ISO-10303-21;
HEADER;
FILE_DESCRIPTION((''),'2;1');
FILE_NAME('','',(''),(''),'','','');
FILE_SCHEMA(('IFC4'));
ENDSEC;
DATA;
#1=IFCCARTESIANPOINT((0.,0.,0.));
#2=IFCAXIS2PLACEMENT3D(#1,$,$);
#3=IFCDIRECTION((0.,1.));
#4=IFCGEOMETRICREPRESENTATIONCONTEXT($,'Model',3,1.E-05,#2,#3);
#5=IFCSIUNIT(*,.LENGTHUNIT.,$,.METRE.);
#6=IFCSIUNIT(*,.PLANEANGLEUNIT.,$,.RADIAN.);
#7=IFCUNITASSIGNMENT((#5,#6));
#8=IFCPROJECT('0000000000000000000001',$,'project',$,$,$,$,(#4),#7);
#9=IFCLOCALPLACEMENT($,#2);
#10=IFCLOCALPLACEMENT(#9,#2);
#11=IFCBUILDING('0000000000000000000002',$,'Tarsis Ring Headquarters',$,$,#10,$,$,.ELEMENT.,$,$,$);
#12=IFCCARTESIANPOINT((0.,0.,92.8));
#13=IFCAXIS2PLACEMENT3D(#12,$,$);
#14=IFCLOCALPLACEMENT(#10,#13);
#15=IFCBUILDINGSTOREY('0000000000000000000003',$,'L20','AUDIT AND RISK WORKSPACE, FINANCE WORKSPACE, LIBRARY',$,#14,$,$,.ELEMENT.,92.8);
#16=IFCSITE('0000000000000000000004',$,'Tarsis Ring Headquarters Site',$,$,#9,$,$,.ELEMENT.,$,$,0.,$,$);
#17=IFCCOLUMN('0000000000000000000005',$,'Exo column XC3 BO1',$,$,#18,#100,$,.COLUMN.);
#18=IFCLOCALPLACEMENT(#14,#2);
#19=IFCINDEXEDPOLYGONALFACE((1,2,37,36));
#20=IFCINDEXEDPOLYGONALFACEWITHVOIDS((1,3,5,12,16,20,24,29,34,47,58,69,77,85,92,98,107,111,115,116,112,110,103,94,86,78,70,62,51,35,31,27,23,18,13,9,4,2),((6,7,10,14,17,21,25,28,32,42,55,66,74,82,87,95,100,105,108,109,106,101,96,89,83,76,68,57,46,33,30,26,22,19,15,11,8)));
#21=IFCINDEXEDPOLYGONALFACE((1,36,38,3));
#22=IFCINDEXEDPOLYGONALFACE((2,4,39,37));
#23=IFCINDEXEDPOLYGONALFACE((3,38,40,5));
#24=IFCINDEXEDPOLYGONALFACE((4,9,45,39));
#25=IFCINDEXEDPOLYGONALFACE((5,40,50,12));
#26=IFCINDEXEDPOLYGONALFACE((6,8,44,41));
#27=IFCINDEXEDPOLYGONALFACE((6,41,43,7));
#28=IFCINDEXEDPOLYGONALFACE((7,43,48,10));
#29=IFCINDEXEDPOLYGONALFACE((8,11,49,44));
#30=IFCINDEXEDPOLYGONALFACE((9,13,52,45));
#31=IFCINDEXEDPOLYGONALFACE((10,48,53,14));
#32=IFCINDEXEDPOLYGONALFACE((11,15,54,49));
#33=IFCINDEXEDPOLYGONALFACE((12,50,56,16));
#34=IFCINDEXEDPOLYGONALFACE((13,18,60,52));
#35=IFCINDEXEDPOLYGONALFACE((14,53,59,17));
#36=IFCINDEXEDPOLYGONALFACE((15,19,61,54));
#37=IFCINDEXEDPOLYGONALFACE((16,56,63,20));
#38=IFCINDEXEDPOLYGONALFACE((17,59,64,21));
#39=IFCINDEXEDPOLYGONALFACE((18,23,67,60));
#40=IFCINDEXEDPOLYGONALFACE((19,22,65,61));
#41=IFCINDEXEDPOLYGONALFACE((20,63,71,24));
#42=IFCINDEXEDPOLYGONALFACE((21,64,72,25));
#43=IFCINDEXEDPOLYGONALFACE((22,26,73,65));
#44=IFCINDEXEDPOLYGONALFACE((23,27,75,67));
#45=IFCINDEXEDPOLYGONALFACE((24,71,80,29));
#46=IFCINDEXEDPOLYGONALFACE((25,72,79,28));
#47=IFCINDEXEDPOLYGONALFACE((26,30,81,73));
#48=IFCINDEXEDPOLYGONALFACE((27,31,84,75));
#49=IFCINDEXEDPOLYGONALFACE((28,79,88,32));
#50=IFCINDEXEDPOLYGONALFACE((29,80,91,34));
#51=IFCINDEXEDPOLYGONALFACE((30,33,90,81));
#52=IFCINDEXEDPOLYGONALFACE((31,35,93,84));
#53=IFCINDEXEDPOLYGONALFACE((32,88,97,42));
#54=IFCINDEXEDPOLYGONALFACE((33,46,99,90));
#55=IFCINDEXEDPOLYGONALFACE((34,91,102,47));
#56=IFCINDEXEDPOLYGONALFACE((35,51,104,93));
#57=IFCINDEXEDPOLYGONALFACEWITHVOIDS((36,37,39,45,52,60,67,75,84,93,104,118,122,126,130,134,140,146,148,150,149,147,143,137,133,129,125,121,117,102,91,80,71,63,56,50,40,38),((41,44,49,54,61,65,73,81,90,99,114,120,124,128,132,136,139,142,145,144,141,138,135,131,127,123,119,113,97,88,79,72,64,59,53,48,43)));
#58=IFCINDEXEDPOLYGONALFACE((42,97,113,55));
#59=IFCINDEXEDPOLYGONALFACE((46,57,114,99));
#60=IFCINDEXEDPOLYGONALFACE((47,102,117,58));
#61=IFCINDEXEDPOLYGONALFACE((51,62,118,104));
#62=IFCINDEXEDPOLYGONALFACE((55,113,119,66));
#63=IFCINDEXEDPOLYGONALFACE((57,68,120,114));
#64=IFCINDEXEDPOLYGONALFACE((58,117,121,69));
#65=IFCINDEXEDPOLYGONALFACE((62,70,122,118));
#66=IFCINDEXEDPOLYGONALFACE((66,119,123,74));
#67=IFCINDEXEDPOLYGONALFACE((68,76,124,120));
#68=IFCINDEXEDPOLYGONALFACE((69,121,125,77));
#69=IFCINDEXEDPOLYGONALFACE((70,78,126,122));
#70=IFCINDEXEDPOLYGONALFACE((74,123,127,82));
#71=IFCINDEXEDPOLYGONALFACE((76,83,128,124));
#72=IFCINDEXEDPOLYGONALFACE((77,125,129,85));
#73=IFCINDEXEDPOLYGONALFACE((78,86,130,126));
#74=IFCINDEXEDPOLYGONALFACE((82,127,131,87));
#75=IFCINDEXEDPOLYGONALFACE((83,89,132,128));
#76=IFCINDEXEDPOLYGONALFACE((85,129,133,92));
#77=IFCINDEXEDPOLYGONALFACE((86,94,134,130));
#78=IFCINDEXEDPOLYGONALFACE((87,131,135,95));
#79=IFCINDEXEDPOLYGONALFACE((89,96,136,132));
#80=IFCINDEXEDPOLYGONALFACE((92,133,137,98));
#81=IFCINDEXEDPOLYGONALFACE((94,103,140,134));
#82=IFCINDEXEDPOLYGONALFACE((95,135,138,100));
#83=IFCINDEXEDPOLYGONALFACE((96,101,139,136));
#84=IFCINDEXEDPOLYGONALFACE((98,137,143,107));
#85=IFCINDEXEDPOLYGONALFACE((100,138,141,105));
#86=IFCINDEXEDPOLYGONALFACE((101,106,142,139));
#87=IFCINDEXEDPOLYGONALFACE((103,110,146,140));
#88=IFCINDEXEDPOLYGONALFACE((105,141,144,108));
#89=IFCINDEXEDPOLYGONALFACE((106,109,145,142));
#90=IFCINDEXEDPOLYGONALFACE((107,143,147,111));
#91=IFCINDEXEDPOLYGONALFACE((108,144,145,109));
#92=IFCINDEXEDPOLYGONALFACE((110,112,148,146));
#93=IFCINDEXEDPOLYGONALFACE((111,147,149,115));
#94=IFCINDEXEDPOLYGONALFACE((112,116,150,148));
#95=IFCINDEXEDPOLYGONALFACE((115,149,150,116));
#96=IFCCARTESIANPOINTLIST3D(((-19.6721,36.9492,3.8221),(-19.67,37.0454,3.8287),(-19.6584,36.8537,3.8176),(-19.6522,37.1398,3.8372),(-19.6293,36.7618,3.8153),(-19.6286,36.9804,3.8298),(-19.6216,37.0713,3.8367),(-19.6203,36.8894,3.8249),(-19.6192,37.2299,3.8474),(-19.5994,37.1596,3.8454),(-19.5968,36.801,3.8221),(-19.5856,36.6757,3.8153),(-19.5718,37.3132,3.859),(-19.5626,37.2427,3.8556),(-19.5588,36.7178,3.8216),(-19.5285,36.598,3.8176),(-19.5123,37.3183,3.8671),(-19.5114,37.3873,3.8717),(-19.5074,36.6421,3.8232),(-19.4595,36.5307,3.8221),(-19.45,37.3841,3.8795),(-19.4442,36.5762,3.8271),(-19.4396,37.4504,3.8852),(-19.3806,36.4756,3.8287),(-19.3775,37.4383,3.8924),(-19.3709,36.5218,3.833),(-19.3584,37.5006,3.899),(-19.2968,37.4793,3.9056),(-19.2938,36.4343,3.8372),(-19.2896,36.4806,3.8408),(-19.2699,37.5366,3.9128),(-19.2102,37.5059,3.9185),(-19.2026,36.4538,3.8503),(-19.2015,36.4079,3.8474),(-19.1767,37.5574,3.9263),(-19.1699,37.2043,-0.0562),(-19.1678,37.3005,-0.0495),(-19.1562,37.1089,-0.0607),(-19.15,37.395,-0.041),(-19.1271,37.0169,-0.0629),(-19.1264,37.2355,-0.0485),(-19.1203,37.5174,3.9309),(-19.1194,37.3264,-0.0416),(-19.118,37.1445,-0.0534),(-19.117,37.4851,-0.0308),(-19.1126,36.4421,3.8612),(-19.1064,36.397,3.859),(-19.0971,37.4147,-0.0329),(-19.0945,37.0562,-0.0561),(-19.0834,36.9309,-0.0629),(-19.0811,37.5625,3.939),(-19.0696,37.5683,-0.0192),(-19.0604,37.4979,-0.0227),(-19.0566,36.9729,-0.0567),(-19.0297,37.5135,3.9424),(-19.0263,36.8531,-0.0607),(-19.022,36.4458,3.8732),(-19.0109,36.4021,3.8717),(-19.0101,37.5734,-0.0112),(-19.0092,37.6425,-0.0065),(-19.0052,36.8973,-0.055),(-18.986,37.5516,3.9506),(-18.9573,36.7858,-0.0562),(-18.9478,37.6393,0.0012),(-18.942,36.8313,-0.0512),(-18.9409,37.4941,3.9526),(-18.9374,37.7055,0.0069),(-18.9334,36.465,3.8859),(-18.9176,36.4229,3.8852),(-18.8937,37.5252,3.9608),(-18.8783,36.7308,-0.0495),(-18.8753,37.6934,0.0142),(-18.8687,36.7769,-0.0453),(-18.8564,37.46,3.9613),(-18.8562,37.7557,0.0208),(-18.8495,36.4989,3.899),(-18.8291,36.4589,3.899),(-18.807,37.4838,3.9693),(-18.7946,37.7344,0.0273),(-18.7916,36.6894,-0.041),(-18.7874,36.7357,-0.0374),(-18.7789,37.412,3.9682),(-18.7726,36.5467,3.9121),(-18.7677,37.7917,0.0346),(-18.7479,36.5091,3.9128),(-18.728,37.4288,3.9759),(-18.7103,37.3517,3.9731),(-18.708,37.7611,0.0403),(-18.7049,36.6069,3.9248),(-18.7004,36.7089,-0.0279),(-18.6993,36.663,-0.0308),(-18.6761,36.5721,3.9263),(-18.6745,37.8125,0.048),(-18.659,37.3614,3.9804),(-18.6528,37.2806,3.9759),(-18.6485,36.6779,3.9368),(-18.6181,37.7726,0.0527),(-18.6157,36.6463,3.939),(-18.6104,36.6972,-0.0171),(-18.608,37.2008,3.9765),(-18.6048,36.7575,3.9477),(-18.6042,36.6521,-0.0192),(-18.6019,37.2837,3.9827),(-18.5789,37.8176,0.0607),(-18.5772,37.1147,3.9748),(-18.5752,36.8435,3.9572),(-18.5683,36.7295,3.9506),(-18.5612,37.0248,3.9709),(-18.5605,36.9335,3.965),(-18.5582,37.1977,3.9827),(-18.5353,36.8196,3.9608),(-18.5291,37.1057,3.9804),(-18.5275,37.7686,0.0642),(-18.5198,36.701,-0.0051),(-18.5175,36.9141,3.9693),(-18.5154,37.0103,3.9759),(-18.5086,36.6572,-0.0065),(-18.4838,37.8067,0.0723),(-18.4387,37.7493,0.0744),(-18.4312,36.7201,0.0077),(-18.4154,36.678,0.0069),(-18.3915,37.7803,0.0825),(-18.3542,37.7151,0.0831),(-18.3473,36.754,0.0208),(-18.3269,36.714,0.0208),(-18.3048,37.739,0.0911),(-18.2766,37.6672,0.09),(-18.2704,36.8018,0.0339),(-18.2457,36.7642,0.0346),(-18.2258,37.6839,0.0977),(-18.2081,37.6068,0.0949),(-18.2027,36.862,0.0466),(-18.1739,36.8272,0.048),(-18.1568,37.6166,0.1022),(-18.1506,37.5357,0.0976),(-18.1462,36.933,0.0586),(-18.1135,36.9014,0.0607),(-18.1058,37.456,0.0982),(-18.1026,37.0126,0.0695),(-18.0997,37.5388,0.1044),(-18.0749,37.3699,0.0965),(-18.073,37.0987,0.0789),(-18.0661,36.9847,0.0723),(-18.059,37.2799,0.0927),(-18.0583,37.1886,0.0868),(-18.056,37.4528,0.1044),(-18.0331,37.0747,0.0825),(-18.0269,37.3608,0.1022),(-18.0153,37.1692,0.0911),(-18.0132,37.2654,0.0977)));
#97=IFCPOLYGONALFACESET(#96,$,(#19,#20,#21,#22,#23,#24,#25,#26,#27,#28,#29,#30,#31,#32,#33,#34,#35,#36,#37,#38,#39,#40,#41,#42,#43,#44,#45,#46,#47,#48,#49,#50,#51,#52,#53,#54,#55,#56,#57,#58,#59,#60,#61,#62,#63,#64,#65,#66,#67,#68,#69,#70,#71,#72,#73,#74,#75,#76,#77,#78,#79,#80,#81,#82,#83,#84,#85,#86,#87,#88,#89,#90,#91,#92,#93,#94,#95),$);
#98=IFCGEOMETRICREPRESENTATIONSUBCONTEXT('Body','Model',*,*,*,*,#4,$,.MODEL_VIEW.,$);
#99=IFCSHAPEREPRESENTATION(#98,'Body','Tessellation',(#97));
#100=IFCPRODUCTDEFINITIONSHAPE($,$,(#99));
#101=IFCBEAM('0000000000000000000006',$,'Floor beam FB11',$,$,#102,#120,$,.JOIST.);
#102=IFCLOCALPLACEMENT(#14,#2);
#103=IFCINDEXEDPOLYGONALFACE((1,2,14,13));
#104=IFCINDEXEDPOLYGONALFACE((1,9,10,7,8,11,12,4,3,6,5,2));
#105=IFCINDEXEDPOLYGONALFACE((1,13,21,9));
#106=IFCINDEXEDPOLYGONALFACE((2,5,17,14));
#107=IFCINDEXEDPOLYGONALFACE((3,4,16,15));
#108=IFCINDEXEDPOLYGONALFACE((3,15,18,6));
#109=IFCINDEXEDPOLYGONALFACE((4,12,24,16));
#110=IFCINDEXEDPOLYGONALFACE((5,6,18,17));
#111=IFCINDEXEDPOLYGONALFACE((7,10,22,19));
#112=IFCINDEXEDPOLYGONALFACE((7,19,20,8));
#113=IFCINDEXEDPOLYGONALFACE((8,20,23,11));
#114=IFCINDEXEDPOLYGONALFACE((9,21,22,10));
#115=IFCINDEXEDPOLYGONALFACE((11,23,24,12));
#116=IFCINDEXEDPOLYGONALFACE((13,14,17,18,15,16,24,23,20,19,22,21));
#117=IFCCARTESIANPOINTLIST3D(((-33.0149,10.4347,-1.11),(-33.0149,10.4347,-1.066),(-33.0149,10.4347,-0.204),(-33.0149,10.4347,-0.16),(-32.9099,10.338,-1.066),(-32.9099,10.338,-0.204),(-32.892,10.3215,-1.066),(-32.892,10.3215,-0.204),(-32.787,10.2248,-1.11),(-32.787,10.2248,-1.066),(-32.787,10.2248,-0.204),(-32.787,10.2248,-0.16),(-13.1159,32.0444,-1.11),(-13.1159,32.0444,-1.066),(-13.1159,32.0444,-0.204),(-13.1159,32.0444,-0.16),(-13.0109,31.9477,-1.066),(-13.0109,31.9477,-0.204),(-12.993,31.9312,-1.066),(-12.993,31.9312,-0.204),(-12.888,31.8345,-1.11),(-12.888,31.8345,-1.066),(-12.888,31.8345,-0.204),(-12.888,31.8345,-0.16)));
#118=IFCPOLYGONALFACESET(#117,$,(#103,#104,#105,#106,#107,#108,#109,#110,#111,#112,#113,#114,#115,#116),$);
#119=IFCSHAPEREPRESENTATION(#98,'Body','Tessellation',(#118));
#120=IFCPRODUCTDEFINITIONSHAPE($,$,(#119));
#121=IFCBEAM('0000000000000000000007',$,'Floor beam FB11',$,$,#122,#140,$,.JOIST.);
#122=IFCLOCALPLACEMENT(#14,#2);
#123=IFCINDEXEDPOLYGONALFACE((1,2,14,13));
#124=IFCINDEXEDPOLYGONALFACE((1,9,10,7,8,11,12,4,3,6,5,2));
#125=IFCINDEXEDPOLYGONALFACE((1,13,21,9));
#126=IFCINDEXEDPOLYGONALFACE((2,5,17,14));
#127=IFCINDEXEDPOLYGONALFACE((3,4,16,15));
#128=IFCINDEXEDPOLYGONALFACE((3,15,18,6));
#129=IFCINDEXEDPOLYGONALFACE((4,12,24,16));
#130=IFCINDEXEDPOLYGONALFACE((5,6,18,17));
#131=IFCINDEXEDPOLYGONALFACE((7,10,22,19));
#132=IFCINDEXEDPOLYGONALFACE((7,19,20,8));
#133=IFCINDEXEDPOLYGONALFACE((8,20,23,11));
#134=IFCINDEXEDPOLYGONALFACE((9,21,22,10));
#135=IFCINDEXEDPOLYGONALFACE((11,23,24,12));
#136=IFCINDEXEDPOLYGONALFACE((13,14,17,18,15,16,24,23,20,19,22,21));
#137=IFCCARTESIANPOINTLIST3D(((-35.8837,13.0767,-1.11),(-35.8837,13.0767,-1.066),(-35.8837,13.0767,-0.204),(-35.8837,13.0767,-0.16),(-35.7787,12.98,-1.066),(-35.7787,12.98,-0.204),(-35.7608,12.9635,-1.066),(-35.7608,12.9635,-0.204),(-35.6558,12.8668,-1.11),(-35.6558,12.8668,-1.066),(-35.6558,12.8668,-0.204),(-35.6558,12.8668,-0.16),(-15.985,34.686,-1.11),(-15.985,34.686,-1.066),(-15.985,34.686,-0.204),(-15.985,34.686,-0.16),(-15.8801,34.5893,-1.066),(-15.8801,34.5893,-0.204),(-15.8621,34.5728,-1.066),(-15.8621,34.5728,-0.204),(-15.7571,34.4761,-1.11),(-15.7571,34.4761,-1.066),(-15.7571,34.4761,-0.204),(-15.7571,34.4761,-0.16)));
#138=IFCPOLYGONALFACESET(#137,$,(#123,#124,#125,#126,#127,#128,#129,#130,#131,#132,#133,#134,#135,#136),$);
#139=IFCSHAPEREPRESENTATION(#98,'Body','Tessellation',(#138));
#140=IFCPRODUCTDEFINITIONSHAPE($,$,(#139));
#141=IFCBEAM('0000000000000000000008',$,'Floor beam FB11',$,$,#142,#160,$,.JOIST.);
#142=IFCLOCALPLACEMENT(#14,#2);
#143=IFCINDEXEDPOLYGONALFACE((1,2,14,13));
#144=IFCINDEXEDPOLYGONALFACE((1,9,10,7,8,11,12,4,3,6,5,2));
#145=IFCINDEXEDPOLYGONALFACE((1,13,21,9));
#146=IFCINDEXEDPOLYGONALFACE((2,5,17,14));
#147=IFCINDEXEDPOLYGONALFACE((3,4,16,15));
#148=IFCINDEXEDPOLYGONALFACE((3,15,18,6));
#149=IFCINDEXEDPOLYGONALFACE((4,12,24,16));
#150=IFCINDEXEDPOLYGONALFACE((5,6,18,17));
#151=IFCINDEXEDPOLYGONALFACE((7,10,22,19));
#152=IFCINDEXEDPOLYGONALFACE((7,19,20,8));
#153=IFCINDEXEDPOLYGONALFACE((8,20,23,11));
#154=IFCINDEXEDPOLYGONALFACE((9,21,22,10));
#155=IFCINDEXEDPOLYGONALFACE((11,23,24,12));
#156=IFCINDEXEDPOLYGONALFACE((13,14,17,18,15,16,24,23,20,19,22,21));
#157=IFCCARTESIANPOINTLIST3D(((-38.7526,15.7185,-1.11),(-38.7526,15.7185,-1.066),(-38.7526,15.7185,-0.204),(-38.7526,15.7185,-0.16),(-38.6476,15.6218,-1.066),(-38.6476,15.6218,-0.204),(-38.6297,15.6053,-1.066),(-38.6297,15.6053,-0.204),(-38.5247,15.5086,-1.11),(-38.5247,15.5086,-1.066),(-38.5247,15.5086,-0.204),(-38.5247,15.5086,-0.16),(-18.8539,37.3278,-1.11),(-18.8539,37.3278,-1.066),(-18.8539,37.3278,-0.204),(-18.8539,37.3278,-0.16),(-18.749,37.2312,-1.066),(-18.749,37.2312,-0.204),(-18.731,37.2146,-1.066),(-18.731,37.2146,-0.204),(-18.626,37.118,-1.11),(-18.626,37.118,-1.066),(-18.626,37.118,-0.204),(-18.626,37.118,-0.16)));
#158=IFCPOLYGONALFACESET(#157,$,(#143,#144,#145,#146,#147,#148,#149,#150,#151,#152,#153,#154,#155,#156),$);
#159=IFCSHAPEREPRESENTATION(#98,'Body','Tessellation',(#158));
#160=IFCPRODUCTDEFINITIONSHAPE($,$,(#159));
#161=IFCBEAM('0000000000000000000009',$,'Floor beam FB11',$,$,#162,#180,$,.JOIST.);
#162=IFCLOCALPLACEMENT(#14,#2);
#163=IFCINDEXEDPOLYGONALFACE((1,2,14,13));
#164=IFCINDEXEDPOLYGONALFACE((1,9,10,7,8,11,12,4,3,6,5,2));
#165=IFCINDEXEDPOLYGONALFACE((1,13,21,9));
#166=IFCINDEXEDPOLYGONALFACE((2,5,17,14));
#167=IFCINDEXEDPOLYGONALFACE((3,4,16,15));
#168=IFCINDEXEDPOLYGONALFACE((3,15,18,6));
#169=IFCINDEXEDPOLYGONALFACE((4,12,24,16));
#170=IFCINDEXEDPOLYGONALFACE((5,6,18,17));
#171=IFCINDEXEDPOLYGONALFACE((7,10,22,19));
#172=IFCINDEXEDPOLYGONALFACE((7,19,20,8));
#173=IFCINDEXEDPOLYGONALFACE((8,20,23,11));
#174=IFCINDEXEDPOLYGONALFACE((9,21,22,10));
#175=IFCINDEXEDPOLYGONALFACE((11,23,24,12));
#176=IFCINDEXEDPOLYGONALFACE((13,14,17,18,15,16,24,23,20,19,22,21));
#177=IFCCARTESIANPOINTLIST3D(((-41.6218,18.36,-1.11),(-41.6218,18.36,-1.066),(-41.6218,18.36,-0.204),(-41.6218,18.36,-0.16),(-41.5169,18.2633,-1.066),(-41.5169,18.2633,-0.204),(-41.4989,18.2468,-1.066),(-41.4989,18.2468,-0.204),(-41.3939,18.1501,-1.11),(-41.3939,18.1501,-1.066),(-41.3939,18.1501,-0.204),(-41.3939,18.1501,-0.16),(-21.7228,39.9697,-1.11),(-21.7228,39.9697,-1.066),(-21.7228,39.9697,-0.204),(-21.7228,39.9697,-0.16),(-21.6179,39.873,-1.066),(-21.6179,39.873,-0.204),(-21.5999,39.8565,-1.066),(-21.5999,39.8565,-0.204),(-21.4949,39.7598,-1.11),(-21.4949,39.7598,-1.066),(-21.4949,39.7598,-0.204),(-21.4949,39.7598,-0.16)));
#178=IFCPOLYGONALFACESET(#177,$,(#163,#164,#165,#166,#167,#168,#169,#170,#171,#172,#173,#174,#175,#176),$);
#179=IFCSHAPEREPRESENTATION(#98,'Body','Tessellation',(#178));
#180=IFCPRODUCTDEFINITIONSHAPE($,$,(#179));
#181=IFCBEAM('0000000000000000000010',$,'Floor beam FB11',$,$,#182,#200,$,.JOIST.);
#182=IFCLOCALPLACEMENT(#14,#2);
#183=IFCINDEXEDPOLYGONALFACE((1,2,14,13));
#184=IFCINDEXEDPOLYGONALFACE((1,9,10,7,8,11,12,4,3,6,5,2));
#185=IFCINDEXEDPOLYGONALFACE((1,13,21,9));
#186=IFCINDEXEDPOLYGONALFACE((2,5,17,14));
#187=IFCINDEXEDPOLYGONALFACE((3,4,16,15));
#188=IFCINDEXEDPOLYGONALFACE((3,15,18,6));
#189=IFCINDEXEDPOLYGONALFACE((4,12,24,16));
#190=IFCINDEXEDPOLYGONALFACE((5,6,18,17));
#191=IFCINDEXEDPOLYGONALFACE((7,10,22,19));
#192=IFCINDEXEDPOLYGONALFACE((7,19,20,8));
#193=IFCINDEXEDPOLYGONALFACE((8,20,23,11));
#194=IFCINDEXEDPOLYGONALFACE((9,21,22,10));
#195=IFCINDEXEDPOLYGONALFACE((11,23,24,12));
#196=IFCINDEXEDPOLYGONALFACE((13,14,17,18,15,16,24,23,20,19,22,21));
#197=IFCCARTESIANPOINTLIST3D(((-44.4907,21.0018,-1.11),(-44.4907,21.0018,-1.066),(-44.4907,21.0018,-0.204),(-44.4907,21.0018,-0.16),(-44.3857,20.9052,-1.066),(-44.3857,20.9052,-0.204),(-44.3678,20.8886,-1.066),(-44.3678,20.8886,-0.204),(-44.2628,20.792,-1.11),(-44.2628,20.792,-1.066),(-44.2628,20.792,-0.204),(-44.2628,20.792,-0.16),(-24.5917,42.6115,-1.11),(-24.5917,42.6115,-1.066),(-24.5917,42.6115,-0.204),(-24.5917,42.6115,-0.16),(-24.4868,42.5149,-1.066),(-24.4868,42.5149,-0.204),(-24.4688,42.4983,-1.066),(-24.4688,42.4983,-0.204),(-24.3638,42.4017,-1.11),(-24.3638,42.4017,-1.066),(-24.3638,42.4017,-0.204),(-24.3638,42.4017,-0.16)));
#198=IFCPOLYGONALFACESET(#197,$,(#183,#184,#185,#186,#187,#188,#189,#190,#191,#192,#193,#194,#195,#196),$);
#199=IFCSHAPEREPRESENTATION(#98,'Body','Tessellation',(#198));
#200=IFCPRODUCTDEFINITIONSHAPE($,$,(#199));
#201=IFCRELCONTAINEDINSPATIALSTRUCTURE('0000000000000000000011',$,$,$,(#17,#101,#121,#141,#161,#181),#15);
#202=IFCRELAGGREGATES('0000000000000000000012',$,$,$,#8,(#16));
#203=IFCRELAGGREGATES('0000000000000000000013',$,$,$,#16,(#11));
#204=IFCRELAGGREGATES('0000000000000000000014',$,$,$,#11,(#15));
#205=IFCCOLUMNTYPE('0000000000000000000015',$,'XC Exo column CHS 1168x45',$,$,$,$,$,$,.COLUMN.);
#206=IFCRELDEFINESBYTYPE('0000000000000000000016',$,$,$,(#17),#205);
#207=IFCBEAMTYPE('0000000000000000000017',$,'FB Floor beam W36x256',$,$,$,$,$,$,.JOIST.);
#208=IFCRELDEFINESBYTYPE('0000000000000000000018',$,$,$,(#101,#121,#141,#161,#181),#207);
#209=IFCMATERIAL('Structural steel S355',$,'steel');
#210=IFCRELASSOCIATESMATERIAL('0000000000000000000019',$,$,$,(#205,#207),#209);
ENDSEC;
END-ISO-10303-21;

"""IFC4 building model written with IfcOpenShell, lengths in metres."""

from ifc_helpers import new_model, si_unit, direction, frame, origin, origin_2d, place, context, subcontext, project, spatial, hollow_circle, i_section, extrude, material, material_profile, profile_set, type_object, element, save


model = new_model("IFC4")

# Units and contexts
model_context = context("Model", 3, precision=1e-05, world=origin(), true_north=direction((0.0, 1.0)))
body_context = subcontext(model_context, "Body", "Model", "MODEL_VIEW")
ifc_project = project(units=[si_unit("LENGTHUNIT", "METRE"), si_unit("PLANEANGLEUNIT", "RADIAN")], contexts=[model_context])

# Site, building, storey
site_placement = place(None, origin())
site = spatial("IfcSite", under=ifc_project, at=site_placement, Name="Tarsis Ring Headquarters Site", CompositionType="ELEMENT", RefElevation=0.0)
building_placement = place(site_placement, origin())
building = spatial("IfcBuilding", under=site, at=building_placement, Name="Tarsis Ring Headquarters", CompositionType="ELEMENT")
storey_placement = place(building_placement, frame((0.0, 0.0, 92.8)))
storey = spatial("IfcBuildingStorey", under=building, at=storey_placement, Name="L20", Description="AUDIT AND RISK WORKSPACE, FINANCE WORKSPACE, LIBRARY", CompositionType="ELEMENT", Elevation=92.8)

# Column
ifc_material_1 = material(Name="Structural steel S355", Category="steel")
ifc_material_profile_1 = material_profile(ifc_material_1, hollow_circle(Radius=0.5842, WallThickness=0.0449, at=origin_2d()), Name="CHS 1168x45")
ifc_profile_set_1 = profile_set([ifc_material_profile_1], Name="Structural steel S355")
column_type = type_object("IfcColumnType", Name="XC Exo column CHS 1168x45", PredefinedType="COLUMN", material=ifc_profile_set_1)
column_placement = place(storey_placement, frame((-18.5916, 37.2349, 0.0208), z_axis=(-0.128149, -0.065102, 0.989616), x_axis=(0.452926, -0.891548, 0.0)))
element("IfcColumn", 1, at=column_placement, inside=storey, type_object=column_type, Name="Exo column XC3 BO1", PredefinedType="COLUMN", context=body_context, shape_type="SweptSolid", body=[
    extrude(hollow_circle(Radius=0.5842, WallThickness=0.0449, at=origin_2d()), origin(), (0.0, 0.0, 1.0), 3.9189),
])

# Beams
ifc_material_profile_2 = material_profile(ifc_material_1, i_section(OverallWidth=0.3098, OverallDepth=0.95, WebThickness=0.0244, FlangeThickness=0.0439, at=origin_2d()), Name="W36x256")
ifc_profile_set_2 = profile_set([ifc_material_profile_2], Name="Structural steel S355")
beam_type_1 = type_object("IfcBeamType", Name="FB Floor beam W36x256", PredefinedType="JOIST", material=ifc_profile_set_2)
beam_1_placement = place(storey_placement, frame((-13.002, 31.9395, -0.635), z_axis=(-0.67739, -0.735624, 0.0), x_axis=(0.735624, -0.67739, 0.0)))
element("IfcBeam", 2, at=beam_1_placement, inside=storey, type_object=beam_type_1, Name="Floor beam FB11", PredefinedType="JOIST", context=body_context, shape_type="SweptSolid", body=[
    extrude(i_section(OverallWidth=0.3098, OverallDepth=0.95, WebThickness=0.0244, FlangeThickness=0.0439, at=origin_2d()), origin(), (0.0, 0.0, 1.0), 29.376),
])
for number, where, z_axis, x_axis, name in (
    (3, (-15.8711, 34.5811, -0.635), (-0.677389, -0.735625, 0.0), (0.735625, -0.677389, 0.0), "Floor beam FB11"),
    (4, (-18.74, 37.2229, -0.635), (-0.677389, -0.735625, 0.0), (0.735625, -0.677389, 0.0), "Floor beam FB11"),
):
    element("IfcBeam", number, at=place(storey_placement, frame(where, z_axis=z_axis, x_axis=x_axis)), inside=storey, type_object=beam_type_1, Name=name, PredefinedType="JOIST", context=body_context, shape_type="SweptSolid", body=[
        extrude(i_section(OverallWidth=0.3098, OverallDepth=0.95, WebThickness=0.0244, FlangeThickness=0.0439, at=origin_2d()), origin(), (0.0, 0.0, 1.0), 29.3755),
    ])
for number, where, z_axis, x_axis, name in (
    (5, (-21.6089, 39.8647, -0.635), (-0.67739, -0.735624, 0.0), (0.735624, -0.67739, 0.0), "Floor beam FB11"),
    (6, (-24.4778, 42.5066, -0.635), (-0.67739, -0.735624, 0.0), (0.735624, -0.67739, 0.0), "Floor beam FB11"),
):
    element("IfcBeam", number, at=place(storey_placement, frame(where, z_axis=z_axis, x_axis=x_axis)), inside=storey, type_object=beam_type_1, Name=name, PredefinedType="JOIST", context=body_context, shape_type="SweptSolid", body=[
        extrude(i_section(OverallWidth=0.3098, OverallDepth=0.95, WebThickness=0.0244, FlangeThickness=0.0439, at=origin_2d()), origin(), (0.0, 0.0, 1.0), 29.376),
    ])

save(model, "model.ifc")
